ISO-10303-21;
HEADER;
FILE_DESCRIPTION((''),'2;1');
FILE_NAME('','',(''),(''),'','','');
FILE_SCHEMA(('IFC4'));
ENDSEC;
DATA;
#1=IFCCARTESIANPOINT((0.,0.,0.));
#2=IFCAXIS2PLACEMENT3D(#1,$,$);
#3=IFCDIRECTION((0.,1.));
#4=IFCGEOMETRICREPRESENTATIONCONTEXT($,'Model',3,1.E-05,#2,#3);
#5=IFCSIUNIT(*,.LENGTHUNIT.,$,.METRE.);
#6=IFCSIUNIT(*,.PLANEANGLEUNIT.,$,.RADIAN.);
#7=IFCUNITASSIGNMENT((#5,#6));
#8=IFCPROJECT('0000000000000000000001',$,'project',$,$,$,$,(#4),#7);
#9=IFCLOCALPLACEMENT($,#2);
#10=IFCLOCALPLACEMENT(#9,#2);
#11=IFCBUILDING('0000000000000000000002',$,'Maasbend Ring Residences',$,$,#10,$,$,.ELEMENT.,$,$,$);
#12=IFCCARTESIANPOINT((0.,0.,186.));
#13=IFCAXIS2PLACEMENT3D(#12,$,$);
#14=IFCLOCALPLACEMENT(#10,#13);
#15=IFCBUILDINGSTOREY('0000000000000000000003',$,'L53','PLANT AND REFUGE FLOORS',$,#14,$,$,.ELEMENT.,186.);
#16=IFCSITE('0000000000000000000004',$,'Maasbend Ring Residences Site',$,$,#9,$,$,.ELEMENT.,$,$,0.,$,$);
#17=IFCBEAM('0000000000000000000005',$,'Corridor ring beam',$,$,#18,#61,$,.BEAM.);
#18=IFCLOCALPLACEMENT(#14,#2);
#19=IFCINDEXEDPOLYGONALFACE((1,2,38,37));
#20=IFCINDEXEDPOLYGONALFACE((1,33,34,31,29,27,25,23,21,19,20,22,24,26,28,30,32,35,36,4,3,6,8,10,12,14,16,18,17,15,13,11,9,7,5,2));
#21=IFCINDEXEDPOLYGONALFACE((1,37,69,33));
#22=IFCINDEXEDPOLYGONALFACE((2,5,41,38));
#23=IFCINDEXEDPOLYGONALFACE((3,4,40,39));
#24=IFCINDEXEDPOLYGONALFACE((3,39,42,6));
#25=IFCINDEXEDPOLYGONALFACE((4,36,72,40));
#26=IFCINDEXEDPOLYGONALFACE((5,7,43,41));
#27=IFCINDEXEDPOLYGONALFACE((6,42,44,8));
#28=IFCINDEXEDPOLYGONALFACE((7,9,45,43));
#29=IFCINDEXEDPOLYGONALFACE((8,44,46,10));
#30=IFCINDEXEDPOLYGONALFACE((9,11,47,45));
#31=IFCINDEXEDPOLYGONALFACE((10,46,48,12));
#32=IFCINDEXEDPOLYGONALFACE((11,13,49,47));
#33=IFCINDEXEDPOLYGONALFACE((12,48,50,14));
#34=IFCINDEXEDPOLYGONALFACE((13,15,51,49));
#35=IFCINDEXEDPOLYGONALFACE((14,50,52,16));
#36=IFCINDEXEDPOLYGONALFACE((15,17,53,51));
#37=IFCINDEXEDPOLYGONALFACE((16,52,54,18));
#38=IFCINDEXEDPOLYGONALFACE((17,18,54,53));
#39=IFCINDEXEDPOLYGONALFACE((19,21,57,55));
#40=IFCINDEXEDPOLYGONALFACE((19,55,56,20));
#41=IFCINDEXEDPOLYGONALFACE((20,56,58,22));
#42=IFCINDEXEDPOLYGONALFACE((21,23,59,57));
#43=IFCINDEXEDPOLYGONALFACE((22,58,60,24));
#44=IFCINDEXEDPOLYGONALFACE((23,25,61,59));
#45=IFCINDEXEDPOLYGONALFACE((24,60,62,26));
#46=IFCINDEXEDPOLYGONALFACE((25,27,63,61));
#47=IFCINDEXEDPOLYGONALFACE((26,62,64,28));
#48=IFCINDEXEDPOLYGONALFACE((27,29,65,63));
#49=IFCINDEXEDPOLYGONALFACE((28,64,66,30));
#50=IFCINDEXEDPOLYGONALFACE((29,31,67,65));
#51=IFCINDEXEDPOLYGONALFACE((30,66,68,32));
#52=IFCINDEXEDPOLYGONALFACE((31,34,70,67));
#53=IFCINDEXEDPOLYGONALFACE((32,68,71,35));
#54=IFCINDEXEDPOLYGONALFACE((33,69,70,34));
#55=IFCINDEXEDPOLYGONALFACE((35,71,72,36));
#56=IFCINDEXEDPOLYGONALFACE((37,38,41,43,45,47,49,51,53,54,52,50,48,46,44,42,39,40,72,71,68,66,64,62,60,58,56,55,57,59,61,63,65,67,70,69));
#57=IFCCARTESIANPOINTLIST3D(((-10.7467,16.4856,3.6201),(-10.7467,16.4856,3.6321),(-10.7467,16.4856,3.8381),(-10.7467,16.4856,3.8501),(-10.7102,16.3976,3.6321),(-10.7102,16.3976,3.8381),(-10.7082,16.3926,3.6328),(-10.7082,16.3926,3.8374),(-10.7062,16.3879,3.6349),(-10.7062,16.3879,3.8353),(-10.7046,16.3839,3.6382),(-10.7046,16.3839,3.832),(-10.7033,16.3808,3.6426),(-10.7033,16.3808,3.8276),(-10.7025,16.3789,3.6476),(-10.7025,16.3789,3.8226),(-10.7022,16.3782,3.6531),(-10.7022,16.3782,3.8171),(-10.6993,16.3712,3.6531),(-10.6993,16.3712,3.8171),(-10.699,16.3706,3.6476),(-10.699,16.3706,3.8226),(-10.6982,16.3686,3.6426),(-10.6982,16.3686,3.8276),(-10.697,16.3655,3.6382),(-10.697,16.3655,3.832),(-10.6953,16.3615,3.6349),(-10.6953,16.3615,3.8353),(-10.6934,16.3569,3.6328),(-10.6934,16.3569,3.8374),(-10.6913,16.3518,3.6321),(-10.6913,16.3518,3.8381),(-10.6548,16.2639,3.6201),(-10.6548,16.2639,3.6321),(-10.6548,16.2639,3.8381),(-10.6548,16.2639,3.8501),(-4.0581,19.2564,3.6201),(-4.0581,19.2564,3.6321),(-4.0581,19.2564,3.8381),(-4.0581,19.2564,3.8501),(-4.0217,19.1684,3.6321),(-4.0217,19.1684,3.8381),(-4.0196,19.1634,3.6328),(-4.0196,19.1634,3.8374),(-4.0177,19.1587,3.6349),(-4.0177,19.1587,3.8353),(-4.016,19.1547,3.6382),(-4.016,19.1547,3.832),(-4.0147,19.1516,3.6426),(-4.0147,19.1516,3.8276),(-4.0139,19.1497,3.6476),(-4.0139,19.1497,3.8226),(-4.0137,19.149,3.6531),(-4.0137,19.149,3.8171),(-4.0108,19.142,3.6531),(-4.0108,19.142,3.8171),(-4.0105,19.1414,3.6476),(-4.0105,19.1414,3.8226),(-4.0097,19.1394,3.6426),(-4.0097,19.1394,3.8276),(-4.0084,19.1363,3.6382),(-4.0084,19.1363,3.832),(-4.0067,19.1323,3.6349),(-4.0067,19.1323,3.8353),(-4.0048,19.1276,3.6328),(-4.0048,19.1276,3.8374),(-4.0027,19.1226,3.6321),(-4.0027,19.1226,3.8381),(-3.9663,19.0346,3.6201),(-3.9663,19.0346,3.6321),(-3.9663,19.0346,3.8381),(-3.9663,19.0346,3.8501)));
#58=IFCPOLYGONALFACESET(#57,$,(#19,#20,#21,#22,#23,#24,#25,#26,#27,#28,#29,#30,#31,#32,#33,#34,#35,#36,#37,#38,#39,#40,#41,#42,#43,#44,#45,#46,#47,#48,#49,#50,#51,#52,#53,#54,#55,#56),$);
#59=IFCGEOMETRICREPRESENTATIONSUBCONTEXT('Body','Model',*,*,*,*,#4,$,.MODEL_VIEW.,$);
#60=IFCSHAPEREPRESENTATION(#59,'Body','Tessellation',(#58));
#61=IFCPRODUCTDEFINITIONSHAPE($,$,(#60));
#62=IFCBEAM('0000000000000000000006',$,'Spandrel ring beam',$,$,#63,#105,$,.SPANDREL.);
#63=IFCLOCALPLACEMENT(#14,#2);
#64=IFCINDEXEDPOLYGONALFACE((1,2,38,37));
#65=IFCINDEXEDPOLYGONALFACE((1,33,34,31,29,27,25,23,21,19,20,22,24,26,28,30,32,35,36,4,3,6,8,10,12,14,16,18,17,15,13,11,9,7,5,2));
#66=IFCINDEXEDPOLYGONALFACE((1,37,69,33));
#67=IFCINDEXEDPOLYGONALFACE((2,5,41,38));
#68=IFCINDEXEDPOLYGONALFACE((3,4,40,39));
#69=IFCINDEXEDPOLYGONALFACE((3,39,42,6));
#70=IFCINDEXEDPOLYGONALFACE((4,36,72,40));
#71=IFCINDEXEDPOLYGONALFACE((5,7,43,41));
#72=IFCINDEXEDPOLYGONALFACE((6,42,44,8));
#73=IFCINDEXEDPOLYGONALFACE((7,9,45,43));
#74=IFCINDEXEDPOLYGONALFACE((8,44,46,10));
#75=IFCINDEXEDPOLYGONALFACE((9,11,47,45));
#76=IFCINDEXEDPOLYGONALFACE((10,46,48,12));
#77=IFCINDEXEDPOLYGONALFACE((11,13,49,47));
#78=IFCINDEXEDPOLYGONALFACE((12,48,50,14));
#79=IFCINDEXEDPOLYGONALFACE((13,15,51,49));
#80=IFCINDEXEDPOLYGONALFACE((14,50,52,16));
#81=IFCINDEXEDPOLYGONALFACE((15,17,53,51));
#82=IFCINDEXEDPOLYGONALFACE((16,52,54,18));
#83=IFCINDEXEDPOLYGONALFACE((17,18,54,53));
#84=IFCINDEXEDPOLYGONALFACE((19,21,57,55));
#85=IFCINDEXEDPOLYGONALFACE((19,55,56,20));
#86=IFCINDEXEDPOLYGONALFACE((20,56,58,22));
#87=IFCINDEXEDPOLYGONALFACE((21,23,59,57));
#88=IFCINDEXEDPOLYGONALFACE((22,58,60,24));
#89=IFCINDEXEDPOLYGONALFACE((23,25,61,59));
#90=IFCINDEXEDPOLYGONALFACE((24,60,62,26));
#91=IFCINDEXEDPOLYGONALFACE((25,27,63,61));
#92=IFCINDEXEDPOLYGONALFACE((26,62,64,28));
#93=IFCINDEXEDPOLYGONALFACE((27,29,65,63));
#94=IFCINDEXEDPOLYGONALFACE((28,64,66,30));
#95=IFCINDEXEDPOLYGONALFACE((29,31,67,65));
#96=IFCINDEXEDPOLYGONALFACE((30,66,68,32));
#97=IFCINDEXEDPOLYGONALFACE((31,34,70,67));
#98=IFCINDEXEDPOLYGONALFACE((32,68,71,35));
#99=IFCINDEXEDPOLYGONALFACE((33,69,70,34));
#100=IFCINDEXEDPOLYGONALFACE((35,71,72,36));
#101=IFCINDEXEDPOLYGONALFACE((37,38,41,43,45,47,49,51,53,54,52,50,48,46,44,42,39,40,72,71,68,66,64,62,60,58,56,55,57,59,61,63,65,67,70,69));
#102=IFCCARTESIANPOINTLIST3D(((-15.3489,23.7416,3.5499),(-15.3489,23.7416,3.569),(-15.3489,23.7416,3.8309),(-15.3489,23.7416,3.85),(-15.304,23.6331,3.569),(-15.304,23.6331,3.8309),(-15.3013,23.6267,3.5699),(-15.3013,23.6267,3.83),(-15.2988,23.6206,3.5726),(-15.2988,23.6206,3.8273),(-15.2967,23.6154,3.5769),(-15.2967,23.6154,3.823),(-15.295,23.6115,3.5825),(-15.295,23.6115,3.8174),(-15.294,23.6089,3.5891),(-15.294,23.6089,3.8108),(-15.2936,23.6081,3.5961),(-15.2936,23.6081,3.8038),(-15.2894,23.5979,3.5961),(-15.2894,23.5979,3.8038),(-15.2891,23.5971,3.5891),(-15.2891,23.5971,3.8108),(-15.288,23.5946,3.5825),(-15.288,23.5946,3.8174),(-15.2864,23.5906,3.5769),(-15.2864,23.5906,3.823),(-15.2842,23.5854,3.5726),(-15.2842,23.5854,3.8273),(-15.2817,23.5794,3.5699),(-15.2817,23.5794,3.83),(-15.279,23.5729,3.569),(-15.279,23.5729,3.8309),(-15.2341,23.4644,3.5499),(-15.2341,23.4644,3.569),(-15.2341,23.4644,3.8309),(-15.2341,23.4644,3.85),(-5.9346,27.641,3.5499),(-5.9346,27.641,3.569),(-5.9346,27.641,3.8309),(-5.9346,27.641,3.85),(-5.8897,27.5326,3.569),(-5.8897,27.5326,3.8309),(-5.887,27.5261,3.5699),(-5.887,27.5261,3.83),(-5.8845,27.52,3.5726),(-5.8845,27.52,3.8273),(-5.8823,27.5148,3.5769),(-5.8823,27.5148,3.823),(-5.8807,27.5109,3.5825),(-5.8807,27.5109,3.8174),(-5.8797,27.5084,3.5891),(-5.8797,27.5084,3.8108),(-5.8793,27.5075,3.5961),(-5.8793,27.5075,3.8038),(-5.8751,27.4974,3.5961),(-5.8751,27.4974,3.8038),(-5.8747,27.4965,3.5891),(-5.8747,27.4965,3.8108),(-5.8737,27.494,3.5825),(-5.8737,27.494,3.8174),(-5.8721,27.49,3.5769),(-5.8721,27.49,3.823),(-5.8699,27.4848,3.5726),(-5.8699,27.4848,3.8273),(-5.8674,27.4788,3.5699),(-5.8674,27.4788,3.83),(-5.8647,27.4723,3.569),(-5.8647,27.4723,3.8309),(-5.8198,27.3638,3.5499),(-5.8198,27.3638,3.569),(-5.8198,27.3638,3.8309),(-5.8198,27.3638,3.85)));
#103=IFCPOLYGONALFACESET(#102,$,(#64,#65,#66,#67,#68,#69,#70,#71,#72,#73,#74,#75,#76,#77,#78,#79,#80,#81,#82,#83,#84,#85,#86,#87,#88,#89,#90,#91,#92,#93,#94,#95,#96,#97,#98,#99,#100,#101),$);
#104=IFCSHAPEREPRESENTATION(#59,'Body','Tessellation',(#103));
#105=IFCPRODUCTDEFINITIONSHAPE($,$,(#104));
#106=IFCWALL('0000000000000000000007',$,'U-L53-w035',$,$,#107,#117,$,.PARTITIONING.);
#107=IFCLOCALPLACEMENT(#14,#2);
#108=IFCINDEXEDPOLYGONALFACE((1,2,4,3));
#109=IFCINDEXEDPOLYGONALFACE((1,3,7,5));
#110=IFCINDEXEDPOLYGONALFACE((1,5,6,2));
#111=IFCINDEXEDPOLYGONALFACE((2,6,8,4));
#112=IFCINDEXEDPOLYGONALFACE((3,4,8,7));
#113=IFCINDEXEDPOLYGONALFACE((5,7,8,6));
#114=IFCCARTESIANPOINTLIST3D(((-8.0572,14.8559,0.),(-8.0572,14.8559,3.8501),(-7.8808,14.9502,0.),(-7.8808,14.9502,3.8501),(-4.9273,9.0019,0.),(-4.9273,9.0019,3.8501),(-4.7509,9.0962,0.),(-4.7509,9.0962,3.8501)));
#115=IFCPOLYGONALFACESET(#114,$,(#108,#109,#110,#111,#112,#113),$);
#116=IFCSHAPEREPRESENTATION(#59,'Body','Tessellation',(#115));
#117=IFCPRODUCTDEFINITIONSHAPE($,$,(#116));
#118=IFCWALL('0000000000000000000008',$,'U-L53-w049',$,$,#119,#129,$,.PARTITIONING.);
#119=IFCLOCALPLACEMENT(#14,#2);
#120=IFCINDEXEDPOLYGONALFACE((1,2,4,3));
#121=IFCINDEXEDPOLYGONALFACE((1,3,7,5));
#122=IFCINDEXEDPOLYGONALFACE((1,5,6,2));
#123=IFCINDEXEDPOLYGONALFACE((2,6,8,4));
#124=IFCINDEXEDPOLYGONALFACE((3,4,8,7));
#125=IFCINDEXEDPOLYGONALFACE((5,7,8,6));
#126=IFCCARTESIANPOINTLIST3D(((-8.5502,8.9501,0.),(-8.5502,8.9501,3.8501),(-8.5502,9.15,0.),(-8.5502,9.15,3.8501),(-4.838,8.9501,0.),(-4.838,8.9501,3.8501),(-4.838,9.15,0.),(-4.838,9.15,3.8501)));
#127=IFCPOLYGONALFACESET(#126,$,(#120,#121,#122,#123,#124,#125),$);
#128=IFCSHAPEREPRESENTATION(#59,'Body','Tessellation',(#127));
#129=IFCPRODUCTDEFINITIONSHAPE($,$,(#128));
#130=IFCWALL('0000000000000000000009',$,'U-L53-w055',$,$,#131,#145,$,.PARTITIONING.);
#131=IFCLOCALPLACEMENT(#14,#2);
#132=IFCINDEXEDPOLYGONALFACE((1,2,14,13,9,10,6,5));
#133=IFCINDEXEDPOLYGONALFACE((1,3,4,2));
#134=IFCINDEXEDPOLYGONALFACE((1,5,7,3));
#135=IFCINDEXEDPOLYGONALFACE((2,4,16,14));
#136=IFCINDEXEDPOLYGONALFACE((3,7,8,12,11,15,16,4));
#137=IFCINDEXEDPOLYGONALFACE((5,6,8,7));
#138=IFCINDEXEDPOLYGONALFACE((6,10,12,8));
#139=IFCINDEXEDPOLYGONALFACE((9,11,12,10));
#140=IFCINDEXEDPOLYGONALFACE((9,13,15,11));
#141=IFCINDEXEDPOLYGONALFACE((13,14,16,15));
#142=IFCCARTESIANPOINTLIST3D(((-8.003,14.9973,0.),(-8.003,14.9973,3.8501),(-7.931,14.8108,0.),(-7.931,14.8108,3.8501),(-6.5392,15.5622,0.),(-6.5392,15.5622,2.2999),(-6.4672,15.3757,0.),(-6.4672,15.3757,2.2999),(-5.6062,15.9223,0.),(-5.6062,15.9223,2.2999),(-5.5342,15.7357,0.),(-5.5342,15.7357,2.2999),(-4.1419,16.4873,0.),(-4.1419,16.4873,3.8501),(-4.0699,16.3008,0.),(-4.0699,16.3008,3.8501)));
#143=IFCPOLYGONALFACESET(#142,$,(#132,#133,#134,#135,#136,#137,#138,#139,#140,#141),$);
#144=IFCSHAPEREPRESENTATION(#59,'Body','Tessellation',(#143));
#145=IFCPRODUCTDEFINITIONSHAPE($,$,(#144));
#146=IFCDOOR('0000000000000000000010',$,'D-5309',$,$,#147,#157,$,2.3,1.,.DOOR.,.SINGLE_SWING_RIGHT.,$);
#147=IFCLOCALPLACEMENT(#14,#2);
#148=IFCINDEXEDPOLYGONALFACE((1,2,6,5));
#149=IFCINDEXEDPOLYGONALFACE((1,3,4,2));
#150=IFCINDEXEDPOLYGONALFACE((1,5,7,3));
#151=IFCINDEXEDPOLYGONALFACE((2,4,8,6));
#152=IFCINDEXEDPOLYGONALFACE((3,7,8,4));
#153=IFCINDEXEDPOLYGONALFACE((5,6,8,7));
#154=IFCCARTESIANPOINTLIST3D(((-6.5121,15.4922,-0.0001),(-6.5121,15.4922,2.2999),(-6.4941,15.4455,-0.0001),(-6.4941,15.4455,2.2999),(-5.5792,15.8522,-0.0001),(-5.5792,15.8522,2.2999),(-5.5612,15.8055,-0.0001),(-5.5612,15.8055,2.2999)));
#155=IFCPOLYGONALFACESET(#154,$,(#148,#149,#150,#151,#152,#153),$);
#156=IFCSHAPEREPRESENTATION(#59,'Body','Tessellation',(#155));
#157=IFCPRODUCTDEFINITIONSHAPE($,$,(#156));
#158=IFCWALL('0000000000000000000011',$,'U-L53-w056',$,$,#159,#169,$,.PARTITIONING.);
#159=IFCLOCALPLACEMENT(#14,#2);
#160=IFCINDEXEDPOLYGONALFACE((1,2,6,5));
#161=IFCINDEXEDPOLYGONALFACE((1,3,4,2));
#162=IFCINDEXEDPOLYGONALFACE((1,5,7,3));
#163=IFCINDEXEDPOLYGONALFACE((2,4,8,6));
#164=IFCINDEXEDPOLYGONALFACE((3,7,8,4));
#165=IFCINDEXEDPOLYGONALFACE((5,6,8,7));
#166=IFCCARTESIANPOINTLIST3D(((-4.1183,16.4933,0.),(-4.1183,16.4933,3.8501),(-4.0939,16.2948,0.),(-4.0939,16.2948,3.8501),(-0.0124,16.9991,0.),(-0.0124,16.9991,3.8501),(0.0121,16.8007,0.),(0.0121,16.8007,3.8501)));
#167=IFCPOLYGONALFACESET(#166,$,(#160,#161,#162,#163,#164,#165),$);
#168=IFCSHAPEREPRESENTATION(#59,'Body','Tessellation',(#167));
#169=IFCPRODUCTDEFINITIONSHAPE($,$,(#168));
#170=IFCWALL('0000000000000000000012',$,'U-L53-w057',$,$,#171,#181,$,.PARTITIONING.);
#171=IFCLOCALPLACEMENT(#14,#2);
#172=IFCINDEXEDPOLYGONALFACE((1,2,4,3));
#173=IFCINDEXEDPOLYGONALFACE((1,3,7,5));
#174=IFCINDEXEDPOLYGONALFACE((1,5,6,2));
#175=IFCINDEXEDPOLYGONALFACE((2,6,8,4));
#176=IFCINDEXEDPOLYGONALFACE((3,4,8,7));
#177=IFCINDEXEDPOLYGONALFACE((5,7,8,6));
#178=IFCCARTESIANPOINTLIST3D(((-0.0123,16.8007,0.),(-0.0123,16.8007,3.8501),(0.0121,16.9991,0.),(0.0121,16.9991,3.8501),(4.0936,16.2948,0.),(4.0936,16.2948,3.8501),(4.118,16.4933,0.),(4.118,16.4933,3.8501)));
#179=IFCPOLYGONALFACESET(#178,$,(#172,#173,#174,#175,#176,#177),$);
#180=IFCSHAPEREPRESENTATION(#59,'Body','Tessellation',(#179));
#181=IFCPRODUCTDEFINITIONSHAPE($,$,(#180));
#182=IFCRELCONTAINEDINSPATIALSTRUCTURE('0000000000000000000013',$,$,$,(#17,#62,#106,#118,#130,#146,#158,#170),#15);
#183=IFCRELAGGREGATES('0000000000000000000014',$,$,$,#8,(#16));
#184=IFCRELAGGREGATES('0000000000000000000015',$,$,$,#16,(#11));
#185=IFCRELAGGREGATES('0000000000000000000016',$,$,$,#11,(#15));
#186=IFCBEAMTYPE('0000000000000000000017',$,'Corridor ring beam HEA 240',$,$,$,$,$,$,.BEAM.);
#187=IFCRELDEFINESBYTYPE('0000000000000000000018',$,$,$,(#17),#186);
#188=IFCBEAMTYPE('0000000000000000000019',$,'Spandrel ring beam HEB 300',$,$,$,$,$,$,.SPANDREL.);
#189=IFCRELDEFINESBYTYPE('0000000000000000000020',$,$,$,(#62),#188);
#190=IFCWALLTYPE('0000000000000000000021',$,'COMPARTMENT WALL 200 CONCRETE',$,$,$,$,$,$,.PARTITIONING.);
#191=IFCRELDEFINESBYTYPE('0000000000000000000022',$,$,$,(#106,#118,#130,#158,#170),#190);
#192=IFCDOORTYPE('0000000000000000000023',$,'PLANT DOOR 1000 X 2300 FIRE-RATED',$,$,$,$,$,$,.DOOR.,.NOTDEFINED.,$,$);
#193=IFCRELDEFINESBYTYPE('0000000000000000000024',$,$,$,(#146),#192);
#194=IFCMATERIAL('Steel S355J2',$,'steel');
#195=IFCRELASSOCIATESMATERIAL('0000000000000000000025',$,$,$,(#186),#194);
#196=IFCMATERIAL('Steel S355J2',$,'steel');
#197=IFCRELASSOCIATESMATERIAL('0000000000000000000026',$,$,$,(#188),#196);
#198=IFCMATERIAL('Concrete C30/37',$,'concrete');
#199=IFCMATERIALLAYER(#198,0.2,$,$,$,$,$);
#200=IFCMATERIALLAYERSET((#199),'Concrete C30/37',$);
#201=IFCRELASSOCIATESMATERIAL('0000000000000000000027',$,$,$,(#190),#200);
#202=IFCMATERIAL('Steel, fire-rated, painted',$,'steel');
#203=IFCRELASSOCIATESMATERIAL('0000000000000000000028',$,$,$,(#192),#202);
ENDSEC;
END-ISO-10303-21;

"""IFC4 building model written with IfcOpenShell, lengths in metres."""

from ifc_helpers import new_model, si_unit, direction, frame, frame_2d, origin, origin_2d, place, context, subcontext, project, spatial, rectangle, i_section, extrude, material, layer, layer_set, material_profile, profile_set, type_object, element, fill, save


model = new_model("IFC4")

# Units and contexts
model_context = context("Model", 3, precision=1e-05, world=origin(), true_north=direction((0.0, 1.0)))
body_context = subcontext(model_context, "Body", "Model", "MODEL_VIEW")
ifc_project = project(units=[si_unit("LENGTHUNIT", "METRE"), si_unit("PLANEANGLEUNIT", "RADIAN")], contexts=[model_context])

# Site, building, storey
site_placement = place(None, origin())
site = spatial("IfcSite", under=ifc_project, at=site_placement, Name="Maasbend Ring Residences Site", CompositionType="ELEMENT", RefElevation=0.0)
building_placement = place(site_placement, origin())
building = spatial("IfcBuilding", under=site, at=building_placement, Name="Maasbend Ring Residences", CompositionType="ELEMENT")
storey_placement = place(building_placement, frame((0.0, 0.0, 186.0)))
storey = spatial("IfcBuildingStorey", under=building, at=storey_placement, Name="L53", Description="PLANT AND REFUGE FLOORS", CompositionType="ELEMENT", Elevation=186.0)

# Beams
ifc_material_1 = material(Name="Steel S355J2", Category="steel")
ifc_material_profile_1 = material_profile(ifc_material_1, i_section(OverallWidth=0.24, OverallDepth=0.23, WebThickness=0.0076, FlangeThickness=0.012, FilletRadius=0.021, at=origin_2d()), Name="HEA 240")
ifc_profile_set_1 = profile_set([ifc_material_profile_1], Name="Steel S355J2")
beam_type_1 = type_object("IfcBeamType", Name="Corridor ring beam HEA 240", PredefinedType="BEAM", material=ifc_profile_set_1)
beam_1_placement = place(storey_placement, frame((-4.0122, 19.1455, 3.7351), z_axis=(-0.923865, -0.382718, 0.0), x_axis=(0.382718, -0.923865, 0.0)))
element("IfcBeam", 1, at=beam_1_placement, inside=storey, type_object=beam_type_1, Name="Corridor ring beam", PredefinedType="BEAM", context=body_context, shape_type="SweptSolid", body=[
    extrude(i_section(OverallWidth=0.24, OverallDepth=0.23, WebThickness=0.0076, FlangeThickness=0.012, FilletRadius=0.021, at=origin_2d()), origin(), (0.0, 0.0, 1.0), 7.2397),
])
ifc_material_2 = material(Name="Steel S355J2", Category="steel")
ifc_material_profile_2 = material_profile(ifc_material_2, i_section(OverallWidth=0.3, OverallDepth=0.3, WebThickness=0.011, FlangeThickness=0.019, FilletRadius=0.0271, at=origin_2d()), Name="HEB 300")
ifc_profile_set_2 = profile_set([ifc_material_profile_2], Name="Steel S355J2")
beam_type_2 = type_object("IfcBeamType", Name="Spandrel ring beam HEB 300", PredefinedType="SPANDREL", material=ifc_profile_set_2)
beam_2_placement = place(storey_placement, frame((-5.8772, 27.5024, 3.7), z_axis=(-0.923884, -0.382673, 0.0), x_axis=(0.382673, -0.923884, 0.0)))
element("IfcBeam", 2, at=beam_2_placement, inside=storey, type_object=beam_type_2, Name="Spandrel ring beam", PredefinedType="SPANDREL", context=body_context, shape_type="SweptSolid", body=[
    extrude(i_section(OverallWidth=0.3, OverallDepth=0.3, WebThickness=0.011, FlangeThickness=0.019, FilletRadius=0.0271, at=origin_2d()), origin(), (0.0, 0.0, 1.0), 10.1899),
])

# Walls
ifc_material_3 = material(Name="Concrete C30/37", Category="concrete")
ifc_layer_1 = layer(ifc_material_3, 0.2)
ifc_layer_set_1 = layer_set([ifc_layer_1], Name="Concrete C30/37")
wall_type_1 = type_object("IfcWallType", Name="COMPARTMENT WALL 200 CONCRETE", PredefinedType="PARTITIONING", material=ifc_layer_set_1)
wall_1_placement = place(storey_placement, frame((-7.969, 14.9031, 0.0), z_axis=(0.0, 0.0, 1.0), x_axis=(0.471497, -0.881868, 0.0)))
element("IfcWall", 3, at=wall_1_placement, inside=storey, type_object=wall_type_1, Name="U-L53-w035", PredefinedType="PARTITIONING", context=body_context, shape_type="SweptSolid", body=[
    extrude(rectangle(XDim=6.6382, YDim=0.2, at=frame_2d((3.3191, 0.0))), origin(), (0.0, 0.0, 1.0), 3.8501),
])
wall_2_placement = place(storey_placement, frame((-8.55, 9.05, 0.0), z_axis=(0.0, 0.0, 1.0), x_axis=(1.0, 0.0, 0.0)))
element("IfcWall", 4, at=wall_2_placement, inside=storey, type_object=wall_type_1, Name="U-L53-w049", PredefinedType="PARTITIONING", context=body_context, shape_type="SweptSolid", body=[
    extrude(rectangle(XDim=3.7122, YDim=0.2, at=frame_2d((1.856, 0.0))), origin(), (0.0, 0.0, 1.0), 3.8501),
])

# Wall, opening, door
wall_3_placement = place(storey_placement, frame((-7.967, 14.9041, 0.0), z_axis=(0.0, 0.0, 1.0), x_axis=(0.932944, 0.360022, 0.0)))
wall_3 = element("IfcWall", 5, at=wall_3_placement, inside=storey, type_object=wall_type_1, Name="U-L53-w055", PredefinedType="PARTITIONING", context=body_context, shape_type="SweptSolid", body=[
    extrude(rectangle(XDim=4.1387, YDim=0.2, at=frame_2d((2.0693, 0.0))), origin(), (0.0, 0.0, 1.0), 3.8501),
])
opening_1_placement = place(wall_3_placement, frame((1.5691, 0.0, 0.0)))
opening_1 = element("IfcOpeningElement", 6, at=opening_1_placement, cuts=wall_3, PredefinedType="OPENING", context=body_context, shape_type="SweptSolid", body=[
    extrude(rectangle(XDim=1.0, YDim=2.3, at=frame_2d((0.5, 1.1499))), frame((0.0, 0.1099, 0.0), z_axis=(0.0, -1.0, 0.0), x_axis=(1.0, 0.0, 0.0)), (0.0, 0.0, 1.0), 0.22),
])
ifc_material_4 = material(Name="Steel, fire-rated, painted", Category="steel")
door_type_1 = type_object("IfcDoorType", Name="PLANT DOOR 1000 X 2300 FIRE-RATED", OperationType="NOTDEFINED", PredefinedType="DOOR", material=ifc_material_4)
door_1_placement = place(opening_1_placement, origin())
door_1 = element("IfcDoor", 7, at=door_1_placement, inside=storey, type_object=door_type_1, Name="D-5309", OperationType="SINGLE_SWING_RIGHT", OverallHeight=2.3, OverallWidth=1.0, PredefinedType="DOOR", context=body_context, shape_type="SweptSolid", body=[
    extrude(rectangle(XDim=1.0, YDim=2.3, at=frame_2d((0.5, 1.1499))), frame((0.0, 0.0249, 0.0), z_axis=(0.0, -1.0, 0.0), x_axis=(1.0, 0.0, 0.0)), (0.0, 0.0, 1.0), 0.05),
])
fill(opening_1, door_1)

# Walls
for number, where, z_axis, x_axis, name in (
    (8, (-4.106, 16.394, 0.0), (0.0, 0.0, 1.0), (0.992496, 0.122277, 0.0), "U-L53-w056"),
    (9, (0.0, 16.8999, 0.0), (0.0, 0.0, 1.0), (0.992496, -0.122277, 0.0), "U-L53-w057"),
):
    element("IfcWall", number, at=place(storey_placement, frame(where, z_axis=z_axis, x_axis=x_axis)), inside=storey, type_object=wall_type_1, Name=name, PredefinedType="PARTITIONING", context=body_context, shape_type="SweptSolid", body=[
        extrude(rectangle(XDim=4.137, YDim=0.2, at=frame_2d((2.0684, 0.0))), origin(), (0.0, 0.0, 1.0), 3.8501),
    ])

save(model, "model.ifc")
